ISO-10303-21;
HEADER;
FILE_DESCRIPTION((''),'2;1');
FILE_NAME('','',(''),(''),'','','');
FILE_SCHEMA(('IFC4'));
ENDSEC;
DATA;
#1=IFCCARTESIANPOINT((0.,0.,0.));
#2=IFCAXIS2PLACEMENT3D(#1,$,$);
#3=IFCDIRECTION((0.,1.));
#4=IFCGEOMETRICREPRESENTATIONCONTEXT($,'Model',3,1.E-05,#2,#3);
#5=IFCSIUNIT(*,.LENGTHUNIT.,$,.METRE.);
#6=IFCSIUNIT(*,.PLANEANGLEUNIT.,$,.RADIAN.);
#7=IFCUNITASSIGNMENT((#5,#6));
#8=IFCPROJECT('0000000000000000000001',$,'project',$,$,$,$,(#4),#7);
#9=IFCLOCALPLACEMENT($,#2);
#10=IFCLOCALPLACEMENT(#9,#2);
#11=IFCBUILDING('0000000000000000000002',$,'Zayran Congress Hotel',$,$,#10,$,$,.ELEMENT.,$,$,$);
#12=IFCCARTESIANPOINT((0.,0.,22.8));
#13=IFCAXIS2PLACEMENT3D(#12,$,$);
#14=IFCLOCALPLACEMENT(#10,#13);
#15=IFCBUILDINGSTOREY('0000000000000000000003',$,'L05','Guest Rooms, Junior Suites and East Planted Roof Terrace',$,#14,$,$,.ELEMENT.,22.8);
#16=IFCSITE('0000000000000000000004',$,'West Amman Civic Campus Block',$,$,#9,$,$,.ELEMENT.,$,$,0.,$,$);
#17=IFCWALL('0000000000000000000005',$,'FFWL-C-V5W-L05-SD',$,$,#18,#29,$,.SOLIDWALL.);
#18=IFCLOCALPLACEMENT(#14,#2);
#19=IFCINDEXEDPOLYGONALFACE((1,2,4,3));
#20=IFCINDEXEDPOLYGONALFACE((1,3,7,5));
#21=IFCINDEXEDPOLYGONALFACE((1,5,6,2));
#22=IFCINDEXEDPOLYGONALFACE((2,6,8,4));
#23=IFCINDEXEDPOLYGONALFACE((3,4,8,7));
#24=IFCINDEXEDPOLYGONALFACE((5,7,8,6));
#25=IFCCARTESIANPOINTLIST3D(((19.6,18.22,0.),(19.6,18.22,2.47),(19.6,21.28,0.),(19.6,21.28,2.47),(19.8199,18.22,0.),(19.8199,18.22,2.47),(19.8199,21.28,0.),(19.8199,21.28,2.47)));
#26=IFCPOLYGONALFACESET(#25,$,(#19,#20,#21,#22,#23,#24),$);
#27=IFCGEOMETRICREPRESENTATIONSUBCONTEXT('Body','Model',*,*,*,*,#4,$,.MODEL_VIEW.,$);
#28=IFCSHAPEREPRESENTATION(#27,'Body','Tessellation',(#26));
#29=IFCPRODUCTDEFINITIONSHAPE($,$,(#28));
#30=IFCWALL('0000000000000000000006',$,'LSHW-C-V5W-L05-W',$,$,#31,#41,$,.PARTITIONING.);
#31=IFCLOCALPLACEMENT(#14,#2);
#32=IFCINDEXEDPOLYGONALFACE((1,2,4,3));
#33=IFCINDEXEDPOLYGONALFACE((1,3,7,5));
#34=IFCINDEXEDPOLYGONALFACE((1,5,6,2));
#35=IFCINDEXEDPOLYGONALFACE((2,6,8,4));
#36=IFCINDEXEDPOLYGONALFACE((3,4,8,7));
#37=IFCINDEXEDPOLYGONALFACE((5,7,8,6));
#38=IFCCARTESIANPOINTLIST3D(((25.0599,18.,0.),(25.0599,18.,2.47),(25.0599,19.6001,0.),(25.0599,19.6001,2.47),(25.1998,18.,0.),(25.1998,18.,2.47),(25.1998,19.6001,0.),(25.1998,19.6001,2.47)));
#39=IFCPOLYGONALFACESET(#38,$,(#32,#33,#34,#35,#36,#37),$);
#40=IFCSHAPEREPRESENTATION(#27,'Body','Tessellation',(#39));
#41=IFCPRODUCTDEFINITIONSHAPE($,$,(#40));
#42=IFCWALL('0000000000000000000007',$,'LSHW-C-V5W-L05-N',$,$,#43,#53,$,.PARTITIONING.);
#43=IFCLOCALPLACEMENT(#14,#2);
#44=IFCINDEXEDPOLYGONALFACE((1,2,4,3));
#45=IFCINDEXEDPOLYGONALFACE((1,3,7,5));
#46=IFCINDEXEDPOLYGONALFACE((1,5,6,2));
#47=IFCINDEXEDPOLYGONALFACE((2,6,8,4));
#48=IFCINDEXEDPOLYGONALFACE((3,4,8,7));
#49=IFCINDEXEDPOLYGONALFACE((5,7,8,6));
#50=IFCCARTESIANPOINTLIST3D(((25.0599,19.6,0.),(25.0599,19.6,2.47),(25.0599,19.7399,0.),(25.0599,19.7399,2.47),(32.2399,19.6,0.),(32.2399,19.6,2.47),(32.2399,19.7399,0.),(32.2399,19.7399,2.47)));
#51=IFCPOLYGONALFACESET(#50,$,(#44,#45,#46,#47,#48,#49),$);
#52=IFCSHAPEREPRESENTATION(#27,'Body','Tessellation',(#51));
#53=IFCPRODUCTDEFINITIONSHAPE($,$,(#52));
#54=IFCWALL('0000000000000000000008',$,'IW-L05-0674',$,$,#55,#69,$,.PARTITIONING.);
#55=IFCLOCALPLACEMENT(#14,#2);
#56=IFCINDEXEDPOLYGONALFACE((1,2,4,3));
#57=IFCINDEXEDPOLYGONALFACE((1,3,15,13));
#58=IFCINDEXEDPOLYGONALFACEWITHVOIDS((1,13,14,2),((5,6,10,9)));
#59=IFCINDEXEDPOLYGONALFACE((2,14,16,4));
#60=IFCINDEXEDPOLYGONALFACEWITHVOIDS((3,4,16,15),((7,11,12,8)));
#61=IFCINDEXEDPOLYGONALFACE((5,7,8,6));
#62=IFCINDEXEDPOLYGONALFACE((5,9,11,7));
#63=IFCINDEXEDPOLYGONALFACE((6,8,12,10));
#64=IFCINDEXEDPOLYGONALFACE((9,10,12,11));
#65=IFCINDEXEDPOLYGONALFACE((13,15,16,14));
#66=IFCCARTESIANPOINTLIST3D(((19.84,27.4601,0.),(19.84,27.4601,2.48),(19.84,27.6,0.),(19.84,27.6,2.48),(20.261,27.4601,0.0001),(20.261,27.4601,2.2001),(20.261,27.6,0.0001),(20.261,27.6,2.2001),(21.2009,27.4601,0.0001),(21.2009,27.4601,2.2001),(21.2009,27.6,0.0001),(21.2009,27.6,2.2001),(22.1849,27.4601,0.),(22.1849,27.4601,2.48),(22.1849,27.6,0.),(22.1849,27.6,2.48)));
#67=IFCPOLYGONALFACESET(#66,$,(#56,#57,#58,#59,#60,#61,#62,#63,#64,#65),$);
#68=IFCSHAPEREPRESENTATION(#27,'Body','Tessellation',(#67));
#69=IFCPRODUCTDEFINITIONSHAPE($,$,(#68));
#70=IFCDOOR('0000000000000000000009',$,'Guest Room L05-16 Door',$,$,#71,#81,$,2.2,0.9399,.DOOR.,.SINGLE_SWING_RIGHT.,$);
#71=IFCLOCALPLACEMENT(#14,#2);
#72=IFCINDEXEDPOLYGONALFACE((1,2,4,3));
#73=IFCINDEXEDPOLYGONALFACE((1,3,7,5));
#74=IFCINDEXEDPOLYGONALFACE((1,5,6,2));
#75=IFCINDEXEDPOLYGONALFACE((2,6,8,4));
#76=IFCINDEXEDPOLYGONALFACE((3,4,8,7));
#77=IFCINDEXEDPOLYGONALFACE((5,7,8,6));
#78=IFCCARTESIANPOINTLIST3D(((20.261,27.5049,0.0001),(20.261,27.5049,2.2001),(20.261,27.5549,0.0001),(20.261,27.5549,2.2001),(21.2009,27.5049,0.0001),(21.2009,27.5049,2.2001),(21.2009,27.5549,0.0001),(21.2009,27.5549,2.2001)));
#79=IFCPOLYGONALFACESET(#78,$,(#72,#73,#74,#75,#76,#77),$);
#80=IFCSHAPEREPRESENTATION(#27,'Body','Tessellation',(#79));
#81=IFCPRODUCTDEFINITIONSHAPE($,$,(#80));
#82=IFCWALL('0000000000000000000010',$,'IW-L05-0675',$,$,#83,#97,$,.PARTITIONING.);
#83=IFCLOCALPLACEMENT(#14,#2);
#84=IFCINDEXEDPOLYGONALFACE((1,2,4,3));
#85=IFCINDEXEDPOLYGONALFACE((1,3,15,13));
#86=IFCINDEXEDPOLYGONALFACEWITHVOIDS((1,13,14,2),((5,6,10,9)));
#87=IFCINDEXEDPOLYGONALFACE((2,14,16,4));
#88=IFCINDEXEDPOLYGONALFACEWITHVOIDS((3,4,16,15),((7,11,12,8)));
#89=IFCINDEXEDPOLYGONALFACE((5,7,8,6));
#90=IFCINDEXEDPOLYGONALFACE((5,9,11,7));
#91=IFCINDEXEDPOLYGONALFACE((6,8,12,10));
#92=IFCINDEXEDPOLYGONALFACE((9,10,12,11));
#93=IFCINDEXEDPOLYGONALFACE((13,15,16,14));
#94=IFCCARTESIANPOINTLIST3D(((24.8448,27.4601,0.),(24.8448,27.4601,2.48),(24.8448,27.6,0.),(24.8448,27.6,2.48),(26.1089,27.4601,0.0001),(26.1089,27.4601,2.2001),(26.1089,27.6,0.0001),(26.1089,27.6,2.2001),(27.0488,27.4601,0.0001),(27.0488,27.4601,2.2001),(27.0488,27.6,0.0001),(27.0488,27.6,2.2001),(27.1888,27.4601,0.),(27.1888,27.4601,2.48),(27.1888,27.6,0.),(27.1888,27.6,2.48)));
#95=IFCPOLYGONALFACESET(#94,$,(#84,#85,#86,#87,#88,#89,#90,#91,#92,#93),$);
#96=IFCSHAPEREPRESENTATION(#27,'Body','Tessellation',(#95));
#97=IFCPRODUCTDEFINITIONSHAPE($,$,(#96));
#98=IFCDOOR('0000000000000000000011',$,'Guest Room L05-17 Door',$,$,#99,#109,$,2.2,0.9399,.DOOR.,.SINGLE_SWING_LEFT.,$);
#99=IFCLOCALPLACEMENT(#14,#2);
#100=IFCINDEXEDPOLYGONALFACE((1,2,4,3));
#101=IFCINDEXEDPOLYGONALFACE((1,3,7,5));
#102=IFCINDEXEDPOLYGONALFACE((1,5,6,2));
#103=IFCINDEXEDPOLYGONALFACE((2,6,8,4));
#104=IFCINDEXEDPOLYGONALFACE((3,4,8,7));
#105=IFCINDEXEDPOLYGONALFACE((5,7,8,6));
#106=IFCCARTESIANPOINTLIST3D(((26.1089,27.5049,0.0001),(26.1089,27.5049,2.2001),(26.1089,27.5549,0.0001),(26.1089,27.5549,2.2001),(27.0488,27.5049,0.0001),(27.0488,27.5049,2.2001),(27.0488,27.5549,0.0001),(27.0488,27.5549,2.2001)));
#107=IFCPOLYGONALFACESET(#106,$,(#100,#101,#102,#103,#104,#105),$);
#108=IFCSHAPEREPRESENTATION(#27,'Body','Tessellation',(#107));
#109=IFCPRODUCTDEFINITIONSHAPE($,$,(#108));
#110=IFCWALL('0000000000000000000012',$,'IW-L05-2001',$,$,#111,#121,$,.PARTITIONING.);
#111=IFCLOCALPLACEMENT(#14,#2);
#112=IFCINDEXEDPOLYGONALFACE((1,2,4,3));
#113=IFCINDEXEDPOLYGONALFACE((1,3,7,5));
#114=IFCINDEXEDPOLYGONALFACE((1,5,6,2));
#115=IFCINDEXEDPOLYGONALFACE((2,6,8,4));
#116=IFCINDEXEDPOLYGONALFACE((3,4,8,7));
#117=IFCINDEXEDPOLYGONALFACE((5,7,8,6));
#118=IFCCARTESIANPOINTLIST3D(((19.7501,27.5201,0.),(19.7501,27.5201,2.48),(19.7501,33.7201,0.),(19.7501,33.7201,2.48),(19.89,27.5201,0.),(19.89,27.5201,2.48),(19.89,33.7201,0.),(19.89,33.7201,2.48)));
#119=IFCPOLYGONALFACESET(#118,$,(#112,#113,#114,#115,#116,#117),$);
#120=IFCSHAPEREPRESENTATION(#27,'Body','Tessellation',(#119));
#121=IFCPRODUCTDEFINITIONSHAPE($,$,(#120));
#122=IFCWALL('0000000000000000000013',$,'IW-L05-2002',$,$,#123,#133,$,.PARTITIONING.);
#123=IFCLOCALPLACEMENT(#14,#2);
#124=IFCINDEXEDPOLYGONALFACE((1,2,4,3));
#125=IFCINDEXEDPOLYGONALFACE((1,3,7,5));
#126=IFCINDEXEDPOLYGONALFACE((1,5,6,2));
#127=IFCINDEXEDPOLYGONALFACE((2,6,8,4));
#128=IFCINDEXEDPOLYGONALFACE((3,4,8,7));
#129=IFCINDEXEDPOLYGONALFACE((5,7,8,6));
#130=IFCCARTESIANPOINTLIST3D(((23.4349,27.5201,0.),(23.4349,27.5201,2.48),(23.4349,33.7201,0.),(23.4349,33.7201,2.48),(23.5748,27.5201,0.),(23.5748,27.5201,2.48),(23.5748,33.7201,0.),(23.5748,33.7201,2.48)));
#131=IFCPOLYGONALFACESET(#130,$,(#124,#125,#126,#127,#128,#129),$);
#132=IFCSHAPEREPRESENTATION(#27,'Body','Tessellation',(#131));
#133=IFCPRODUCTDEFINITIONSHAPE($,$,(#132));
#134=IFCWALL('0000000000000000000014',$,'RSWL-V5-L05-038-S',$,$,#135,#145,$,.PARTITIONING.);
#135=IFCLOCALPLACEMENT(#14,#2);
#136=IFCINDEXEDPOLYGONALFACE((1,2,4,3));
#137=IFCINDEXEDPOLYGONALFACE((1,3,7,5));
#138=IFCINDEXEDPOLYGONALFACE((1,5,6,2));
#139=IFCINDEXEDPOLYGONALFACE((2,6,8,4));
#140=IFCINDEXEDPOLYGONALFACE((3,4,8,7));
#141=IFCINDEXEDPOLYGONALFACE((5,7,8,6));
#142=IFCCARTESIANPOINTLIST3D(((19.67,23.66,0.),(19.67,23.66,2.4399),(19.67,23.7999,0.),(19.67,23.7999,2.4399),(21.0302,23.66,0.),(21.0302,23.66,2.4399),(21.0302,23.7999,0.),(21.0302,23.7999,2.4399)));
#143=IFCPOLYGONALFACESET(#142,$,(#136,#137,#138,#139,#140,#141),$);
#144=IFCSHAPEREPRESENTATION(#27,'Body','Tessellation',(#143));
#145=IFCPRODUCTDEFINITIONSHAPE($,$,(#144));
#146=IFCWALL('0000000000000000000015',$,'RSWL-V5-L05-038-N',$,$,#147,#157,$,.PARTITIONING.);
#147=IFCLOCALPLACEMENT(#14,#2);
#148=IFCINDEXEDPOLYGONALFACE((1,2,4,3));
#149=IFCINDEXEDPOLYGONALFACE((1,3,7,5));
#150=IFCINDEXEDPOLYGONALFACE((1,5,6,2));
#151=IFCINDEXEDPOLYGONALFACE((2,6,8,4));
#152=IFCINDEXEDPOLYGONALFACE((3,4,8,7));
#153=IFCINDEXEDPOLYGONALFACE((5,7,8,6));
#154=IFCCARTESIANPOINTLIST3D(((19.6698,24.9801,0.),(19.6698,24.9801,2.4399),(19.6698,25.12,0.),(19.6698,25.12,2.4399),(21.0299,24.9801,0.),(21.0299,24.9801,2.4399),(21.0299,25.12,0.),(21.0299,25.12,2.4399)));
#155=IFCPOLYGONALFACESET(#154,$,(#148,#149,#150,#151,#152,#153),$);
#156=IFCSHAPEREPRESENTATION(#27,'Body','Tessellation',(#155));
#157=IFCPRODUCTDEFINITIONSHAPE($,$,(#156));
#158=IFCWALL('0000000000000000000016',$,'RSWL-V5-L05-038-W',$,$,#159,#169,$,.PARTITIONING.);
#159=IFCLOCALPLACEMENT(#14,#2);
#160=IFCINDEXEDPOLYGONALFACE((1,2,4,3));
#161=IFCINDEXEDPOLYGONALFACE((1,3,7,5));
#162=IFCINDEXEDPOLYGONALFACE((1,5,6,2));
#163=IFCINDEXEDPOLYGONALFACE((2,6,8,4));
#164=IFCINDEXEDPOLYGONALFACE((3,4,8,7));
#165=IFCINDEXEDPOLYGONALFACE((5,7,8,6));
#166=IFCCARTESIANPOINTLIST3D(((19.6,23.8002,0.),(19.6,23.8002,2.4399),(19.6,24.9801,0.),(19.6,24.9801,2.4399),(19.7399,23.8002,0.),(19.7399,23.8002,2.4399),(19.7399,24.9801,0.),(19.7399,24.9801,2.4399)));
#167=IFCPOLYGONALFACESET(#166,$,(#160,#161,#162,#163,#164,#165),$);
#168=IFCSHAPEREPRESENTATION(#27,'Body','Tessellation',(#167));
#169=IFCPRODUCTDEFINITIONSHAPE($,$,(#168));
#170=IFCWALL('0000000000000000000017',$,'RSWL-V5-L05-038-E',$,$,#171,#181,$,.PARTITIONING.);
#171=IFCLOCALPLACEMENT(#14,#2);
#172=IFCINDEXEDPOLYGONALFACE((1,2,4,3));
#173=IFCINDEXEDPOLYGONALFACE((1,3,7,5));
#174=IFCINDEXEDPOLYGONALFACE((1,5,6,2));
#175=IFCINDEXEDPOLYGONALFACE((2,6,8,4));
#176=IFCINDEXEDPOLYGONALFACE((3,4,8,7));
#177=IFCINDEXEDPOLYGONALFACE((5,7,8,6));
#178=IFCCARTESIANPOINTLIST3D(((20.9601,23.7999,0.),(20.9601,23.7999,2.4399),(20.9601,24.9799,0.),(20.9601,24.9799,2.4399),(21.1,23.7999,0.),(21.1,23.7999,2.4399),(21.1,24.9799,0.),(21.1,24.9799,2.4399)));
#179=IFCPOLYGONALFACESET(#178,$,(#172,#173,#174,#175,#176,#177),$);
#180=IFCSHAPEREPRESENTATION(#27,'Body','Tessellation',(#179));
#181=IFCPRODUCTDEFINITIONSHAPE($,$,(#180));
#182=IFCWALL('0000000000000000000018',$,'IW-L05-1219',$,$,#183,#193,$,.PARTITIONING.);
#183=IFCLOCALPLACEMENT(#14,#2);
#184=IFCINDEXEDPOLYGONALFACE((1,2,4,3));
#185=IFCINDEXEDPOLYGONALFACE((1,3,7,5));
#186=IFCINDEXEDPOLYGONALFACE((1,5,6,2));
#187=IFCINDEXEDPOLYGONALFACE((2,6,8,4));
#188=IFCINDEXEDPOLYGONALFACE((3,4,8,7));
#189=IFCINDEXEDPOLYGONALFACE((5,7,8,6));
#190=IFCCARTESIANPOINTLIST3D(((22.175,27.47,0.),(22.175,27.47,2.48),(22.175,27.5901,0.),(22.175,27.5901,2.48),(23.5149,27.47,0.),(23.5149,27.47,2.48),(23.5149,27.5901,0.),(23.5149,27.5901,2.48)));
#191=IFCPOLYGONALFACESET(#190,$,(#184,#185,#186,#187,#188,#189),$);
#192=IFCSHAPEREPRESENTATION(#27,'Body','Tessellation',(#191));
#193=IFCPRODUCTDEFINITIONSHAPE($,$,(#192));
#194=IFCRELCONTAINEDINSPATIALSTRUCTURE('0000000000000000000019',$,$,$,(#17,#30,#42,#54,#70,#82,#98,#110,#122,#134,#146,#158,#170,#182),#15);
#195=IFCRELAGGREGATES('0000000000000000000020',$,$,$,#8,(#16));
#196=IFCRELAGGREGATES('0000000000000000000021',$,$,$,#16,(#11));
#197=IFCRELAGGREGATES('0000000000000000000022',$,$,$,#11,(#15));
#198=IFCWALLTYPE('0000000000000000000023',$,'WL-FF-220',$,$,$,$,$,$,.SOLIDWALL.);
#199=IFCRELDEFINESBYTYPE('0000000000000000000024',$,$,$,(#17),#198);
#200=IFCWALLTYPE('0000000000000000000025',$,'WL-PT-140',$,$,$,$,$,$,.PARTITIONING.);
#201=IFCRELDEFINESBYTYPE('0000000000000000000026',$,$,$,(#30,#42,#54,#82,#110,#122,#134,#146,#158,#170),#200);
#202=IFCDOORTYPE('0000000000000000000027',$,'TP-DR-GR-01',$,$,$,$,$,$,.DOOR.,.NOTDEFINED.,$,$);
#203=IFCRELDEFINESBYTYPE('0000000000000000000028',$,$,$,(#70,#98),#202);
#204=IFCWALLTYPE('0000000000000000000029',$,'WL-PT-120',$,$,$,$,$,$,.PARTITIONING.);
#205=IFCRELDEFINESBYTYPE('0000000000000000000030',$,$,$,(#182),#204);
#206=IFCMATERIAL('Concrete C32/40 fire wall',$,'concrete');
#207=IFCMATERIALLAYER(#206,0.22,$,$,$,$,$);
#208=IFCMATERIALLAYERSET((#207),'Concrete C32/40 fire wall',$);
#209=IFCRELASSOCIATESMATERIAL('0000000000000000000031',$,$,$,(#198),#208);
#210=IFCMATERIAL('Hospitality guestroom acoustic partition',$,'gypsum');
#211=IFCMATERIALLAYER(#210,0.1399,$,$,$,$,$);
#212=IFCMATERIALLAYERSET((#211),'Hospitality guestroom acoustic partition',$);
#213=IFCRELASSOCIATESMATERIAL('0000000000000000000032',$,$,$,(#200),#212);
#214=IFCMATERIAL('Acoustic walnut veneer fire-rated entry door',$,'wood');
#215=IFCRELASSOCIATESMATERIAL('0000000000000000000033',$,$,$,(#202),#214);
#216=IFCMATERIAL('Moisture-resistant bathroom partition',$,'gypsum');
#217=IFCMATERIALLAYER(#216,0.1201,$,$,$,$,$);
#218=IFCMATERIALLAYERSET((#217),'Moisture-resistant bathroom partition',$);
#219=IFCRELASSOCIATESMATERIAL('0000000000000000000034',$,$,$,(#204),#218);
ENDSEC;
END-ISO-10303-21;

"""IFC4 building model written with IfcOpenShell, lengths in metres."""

from ifc_helpers import new_model, si_unit, direction, frame, frame_2d, origin, place, context, subcontext, project, spatial, rectangle, extrude, material, layer, layer_set, type_object, element, fill, save


model = new_model("IFC4")

# Units and contexts
model_context = context("Model", 3, precision=1e-05, world=origin(), true_north=direction((0.0, 1.0)))
body_context = subcontext(model_context, "Body", "Model", "MODEL_VIEW")
ifc_project = project(units=[si_unit("LENGTHUNIT", "METRE"), si_unit("PLANEANGLEUNIT", "RADIAN")], contexts=[model_context])

# Site, building, storey
site_placement = place(None, origin())
site = spatial("IfcSite", under=ifc_project, at=site_placement, Name="West Amman Civic Campus Block", CompositionType="ELEMENT", RefElevation=0.0)
building_placement = place(site_placement, origin())
building = spatial("IfcBuilding", under=site, at=building_placement, Name="Zayran Congress Hotel", CompositionType="ELEMENT")
storey_placement = place(building_placement, frame((0.0, 0.0, 22.8)))
storey = spatial("IfcBuildingStorey", under=building, at=storey_placement, Name="L05", Description="Guest Rooms, Junior Suites and East Planted Roof Terrace", CompositionType="ELEMENT", Elevation=22.8)

# Shared definitions
ifc_material_1 = material(Name="Concrete C32/40 fire wall", Category="concrete")
ifc_layer_1 = layer(ifc_material_1, 0.22)
ifc_layer_set_1 = layer_set([ifc_layer_1], Name="Concrete C32/40 fire wall")
wall_type_1 = type_object("IfcWallType", Name="WL-FF-220", PredefinedType="SOLIDWALL", material=ifc_layer_set_1)

# Walls
wall_1_placement = place(storey_placement, frame((19.71, 18.22, 0.0), z_axis=(0.0, 0.0, 1.0), x_axis=(0.0, 1.0, 0.0)))
element("IfcWall", 1, at=wall_1_placement, inside=storey, type_object=wall_type_1, Name="FFWL-C-V5W-L05-SD", PredefinedType="SOLIDWALL", context=body_context, shape_type="SweptSolid", body=[
    extrude(rectangle(XDim=3.0601, YDim=0.22, at=frame_2d((1.53, 0.0))), origin(), (0.0, 0.0, 1.0), 2.47),
])
ifc_material_2 = material(Name="Hospitality guestroom acoustic partition", Category="gypsum")
ifc_layer_2 = layer(ifc_material_2, 0.1399)
ifc_layer_set_2 = layer_set([ifc_layer_2], Name="Hospitality guestroom acoustic partition")
wall_type_2 = type_object("IfcWallType", Name="WL-PT-140", PredefinedType="PARTITIONING", material=ifc_layer_set_2)
wall_2_placement = place(storey_placement, frame((25.1299, 18.0, 0.0), z_axis=(0.0, 0.0, 1.0), x_axis=(0.0, 1.0, 0.0)))
element("IfcWall", 2, at=wall_2_placement, inside=storey, type_object=wall_type_2, Name="LSHW-C-V5W-L05-W", PredefinedType="PARTITIONING", context=body_context, shape_type="SweptSolid", body=[
    extrude(rectangle(XDim=1.6001, YDim=0.1399, at=frame_2d((0.8, 0.0))), origin(), (0.0, 0.0, 1.0), 2.47),
])
wall_3_placement = place(storey_placement, frame((25.0601, 19.6699, 0.0), z_axis=(0.0, 0.0, 1.0), x_axis=(1.0, 0.0, 0.0)))
element("IfcWall", 3, at=wall_3_placement, inside=storey, type_object=wall_type_2, Name="LSHW-C-V5W-L05-N", PredefinedType="PARTITIONING", context=body_context, shape_type="SweptSolid", body=[
    extrude(rectangle(XDim=7.1799, YDim=0.1399, at=frame_2d((3.5898, 0.0))), origin(), (0.0, 0.0, 1.0), 2.47),
])

# Walls, openings, doors
wall_4_placement = place(storey_placement, frame((19.8401, 27.53, 0.0), z_axis=(0.0, 0.0, 1.0), x_axis=(1.0, 0.0, 0.0)))
wall_4 = element("IfcWall", 4, at=wall_4_placement, inside=storey, type_object=wall_type_2, Name="IW-L05-0674", PredefinedType="PARTITIONING", context=body_context, shape_type="SweptSolid", body=[
    extrude(rectangle(XDim=2.345, YDim=0.1399, at=frame_2d((1.1724, 0.0))), origin(), (0.0, 0.0, 1.0), 2.48),
])
opening_1_placement = place(wall_4_placement, frame((0.4209, 0.0, 0.0)))
opening_1 = element("IfcOpeningElement", 5, at=opening_1_placement, cuts=wall_4, PredefinedType="OPENING", context=body_context, shape_type="SweptSolid", body=[
    extrude(rectangle(XDim=0.9399, YDim=2.2, at=frame_2d((0.47, 1.1001))), frame((0.0, 0.0798, 0.0), z_axis=(0.0, -1.0, 0.0), x_axis=(1.0, 0.0, 0.0)), (0.0, 0.0, 1.0), 0.1599),
])
ifc_material_3 = material(Name="Acoustic walnut veneer fire-rated entry door", Category="wood")
door_type_1 = type_object("IfcDoorType", Name="TP-DR-GR-01", OperationType="NOTDEFINED", PredefinedType="DOOR", material=ifc_material_3)
door_1_placement = place(opening_1_placement, origin())
door_1 = element("IfcDoor", 6, at=door_1_placement, inside=storey, type_object=door_type_1, Name="Guest Room L05-16 Door", OperationType="SINGLE_SWING_RIGHT", OverallHeight=2.2, OverallWidth=0.9399, PredefinedType="DOOR", context=body_context, shape_type="SweptSolid", body=[
    extrude(rectangle(XDim=0.9399, YDim=2.2, at=frame_2d((0.47, 1.1001))), frame((0.0, 0.0249, 0.0), z_axis=(0.0, -1.0, 0.0), x_axis=(1.0, 0.0, 0.0)), (0.0, 0.0, 1.0), 0.05),
])
fill(opening_1, door_1)
wall_5_placement = place(storey_placement, frame((24.845, 27.53, 0.0), z_axis=(0.0, 0.0, 1.0), x_axis=(1.0, 0.0, 0.0)))
wall_5 = element("IfcWall", 7, at=wall_5_placement, inside=storey, type_object=wall_type_2, Name="IW-L05-0675", PredefinedType="PARTITIONING", context=body_context, shape_type="SweptSolid", body=[
    extrude(rectangle(XDim=2.344, YDim=0.1399, at=frame_2d((1.1719, 0.0))), origin(), (0.0, 0.0, 1.0), 2.48),
])
opening_2_placement = place(wall_5_placement, frame((1.2639, 0.0, 0.0)))
opening_2 = element("IfcOpeningElement", 8, at=opening_2_placement, cuts=wall_5, PredefinedType="OPENING", context=body_context, shape_type="SweptSolid", body=[
    extrude(rectangle(XDim=0.9399, YDim=2.2, at=frame_2d((0.47, 1.1001))), frame((0.0, 0.0798, 0.0), z_axis=(0.0, -1.0, 0.0), x_axis=(1.0, 0.0, 0.0)), (0.0, 0.0, 1.0), 0.1599),
])
door_2_placement = place(opening_2_placement, origin())
door_2 = element("IfcDoor", 9, at=door_2_placement, inside=storey, type_object=door_type_1, Name="Guest Room L05-17 Door", OperationType="SINGLE_SWING_LEFT", OverallHeight=2.2, OverallWidth=0.9399, PredefinedType="DOOR", context=body_context, shape_type="SweptSolid", body=[
    extrude(rectangle(XDim=0.9399, YDim=2.2, at=frame_2d((0.47, 1.1001))), frame((0.0, 0.0249, 0.0), z_axis=(0.0, -1.0, 0.0), x_axis=(1.0, 0.0, 0.0)), (0.0, 0.0, 1.0), 0.05),
])
fill(opening_2, door_2)

# Walls
for number, where, z_axis, x_axis, name in (
    (10, (19.8201, 27.52, 0.0), (0.0, 0.0, 1.0), (0.0, 1.0, 0.0), "IW-L05-2001"),
    (11, (23.5049, 27.52, 0.0), (0.0, 0.0, 1.0), (0.0, 1.0, 0.0), "IW-L05-2002"),
):
    element("IfcWall", number, at=place(storey_placement, frame(where, z_axis=z_axis, x_axis=x_axis)), inside=storey, type_object=wall_type_2, Name=name, PredefinedType="PARTITIONING", context=body_context, shape_type="SweptSolid", body=[
        extrude(rectangle(XDim=6.2, YDim=0.1399, at=frame_2d((3.1001, 0.0))), origin(), (0.0, 0.0, 1.0), 2.48),
    ])
for number, where, z_axis, x_axis, name in (
    (12, (19.6699, 23.73, 0.0), (0.0, 0.0, 1.0), (1.0, 0.0, 0.0), "RSWL-V5-L05-038-S"),
    (13, (21.03, 25.05, 0.0), (0.0, 0.0, 1.0), (-1.0, 0.0, 0.0), "RSWL-V5-L05-038-N"),
):
    element("IfcWall", number, at=place(storey_placement, frame(where, z_axis=z_axis, x_axis=x_axis)), inside=storey, type_object=wall_type_2, Name=name, PredefinedType="PARTITIONING", context=body_context, shape_type="SweptSolid", body=[
        extrude(rectangle(XDim=1.3601, YDim=0.1399, at=frame_2d((0.6802, 0.0))), origin(), (0.0, 0.0, 1.0), 2.4399),
    ])
for number, where, z_axis, x_axis, name in (
    (14, (19.6699, 24.98, 0.0), (0.0, 0.0, 1.0), (0.0, -1.0, 0.0), "RSWL-V5-L05-038-W"),
    (15, (21.03, 23.8, 0.0), (0.0, 0.0, 1.0), (0.0, 1.0, 0.0), "RSWL-V5-L05-038-E"),
):
    element("IfcWall", number, at=place(storey_placement, frame(where, z_axis=z_axis, x_axis=x_axis)), inside=storey, type_object=wall_type_2, Name=name, PredefinedType="PARTITIONING", context=body_context, shape_type="SweptSolid", body=[
        extrude(rectangle(XDim=1.1799, YDim=0.1399, at=frame_2d((0.5898, 0.0))), origin(), (0.0, 0.0, 1.0), 2.4399),
    ])

# Shared definitions
ifc_material_4 = material(Name="Moisture-resistant bathroom partition", Category="gypsum")
ifc_layer_3 = layer(ifc_material_4, 0.1201)
ifc_layer_set_3 = layer_set([ifc_layer_3], Name="Moisture-resistant bathroom partition")
wall_type_3 = type_object("IfcWallType", Name="WL-PT-120", PredefinedType="PARTITIONING", material=ifc_layer_set_3)

# Wall
for number, where, z_axis, x_axis, name in (
    (16, (22.175, 27.53, 0.0), (0.0, 0.0, 1.0), (1.0, 0.0, 0.0), "IW-L05-1219"),
):
    element("IfcWall", number, at=place(storey_placement, frame(where, z_axis=z_axis, x_axis=x_axis)), inside=storey, type_object=wall_type_3, Name=name, PredefinedType="PARTITIONING", context=body_context, shape_type="SweptSolid", body=[
        extrude(rectangle(XDim=1.3398, YDim=0.1201, at=frame_2d((0.6699, 0.0))), origin(), (0.0, 0.0, 1.0), 2.48),
    ])

save(model, "model.ifc")
